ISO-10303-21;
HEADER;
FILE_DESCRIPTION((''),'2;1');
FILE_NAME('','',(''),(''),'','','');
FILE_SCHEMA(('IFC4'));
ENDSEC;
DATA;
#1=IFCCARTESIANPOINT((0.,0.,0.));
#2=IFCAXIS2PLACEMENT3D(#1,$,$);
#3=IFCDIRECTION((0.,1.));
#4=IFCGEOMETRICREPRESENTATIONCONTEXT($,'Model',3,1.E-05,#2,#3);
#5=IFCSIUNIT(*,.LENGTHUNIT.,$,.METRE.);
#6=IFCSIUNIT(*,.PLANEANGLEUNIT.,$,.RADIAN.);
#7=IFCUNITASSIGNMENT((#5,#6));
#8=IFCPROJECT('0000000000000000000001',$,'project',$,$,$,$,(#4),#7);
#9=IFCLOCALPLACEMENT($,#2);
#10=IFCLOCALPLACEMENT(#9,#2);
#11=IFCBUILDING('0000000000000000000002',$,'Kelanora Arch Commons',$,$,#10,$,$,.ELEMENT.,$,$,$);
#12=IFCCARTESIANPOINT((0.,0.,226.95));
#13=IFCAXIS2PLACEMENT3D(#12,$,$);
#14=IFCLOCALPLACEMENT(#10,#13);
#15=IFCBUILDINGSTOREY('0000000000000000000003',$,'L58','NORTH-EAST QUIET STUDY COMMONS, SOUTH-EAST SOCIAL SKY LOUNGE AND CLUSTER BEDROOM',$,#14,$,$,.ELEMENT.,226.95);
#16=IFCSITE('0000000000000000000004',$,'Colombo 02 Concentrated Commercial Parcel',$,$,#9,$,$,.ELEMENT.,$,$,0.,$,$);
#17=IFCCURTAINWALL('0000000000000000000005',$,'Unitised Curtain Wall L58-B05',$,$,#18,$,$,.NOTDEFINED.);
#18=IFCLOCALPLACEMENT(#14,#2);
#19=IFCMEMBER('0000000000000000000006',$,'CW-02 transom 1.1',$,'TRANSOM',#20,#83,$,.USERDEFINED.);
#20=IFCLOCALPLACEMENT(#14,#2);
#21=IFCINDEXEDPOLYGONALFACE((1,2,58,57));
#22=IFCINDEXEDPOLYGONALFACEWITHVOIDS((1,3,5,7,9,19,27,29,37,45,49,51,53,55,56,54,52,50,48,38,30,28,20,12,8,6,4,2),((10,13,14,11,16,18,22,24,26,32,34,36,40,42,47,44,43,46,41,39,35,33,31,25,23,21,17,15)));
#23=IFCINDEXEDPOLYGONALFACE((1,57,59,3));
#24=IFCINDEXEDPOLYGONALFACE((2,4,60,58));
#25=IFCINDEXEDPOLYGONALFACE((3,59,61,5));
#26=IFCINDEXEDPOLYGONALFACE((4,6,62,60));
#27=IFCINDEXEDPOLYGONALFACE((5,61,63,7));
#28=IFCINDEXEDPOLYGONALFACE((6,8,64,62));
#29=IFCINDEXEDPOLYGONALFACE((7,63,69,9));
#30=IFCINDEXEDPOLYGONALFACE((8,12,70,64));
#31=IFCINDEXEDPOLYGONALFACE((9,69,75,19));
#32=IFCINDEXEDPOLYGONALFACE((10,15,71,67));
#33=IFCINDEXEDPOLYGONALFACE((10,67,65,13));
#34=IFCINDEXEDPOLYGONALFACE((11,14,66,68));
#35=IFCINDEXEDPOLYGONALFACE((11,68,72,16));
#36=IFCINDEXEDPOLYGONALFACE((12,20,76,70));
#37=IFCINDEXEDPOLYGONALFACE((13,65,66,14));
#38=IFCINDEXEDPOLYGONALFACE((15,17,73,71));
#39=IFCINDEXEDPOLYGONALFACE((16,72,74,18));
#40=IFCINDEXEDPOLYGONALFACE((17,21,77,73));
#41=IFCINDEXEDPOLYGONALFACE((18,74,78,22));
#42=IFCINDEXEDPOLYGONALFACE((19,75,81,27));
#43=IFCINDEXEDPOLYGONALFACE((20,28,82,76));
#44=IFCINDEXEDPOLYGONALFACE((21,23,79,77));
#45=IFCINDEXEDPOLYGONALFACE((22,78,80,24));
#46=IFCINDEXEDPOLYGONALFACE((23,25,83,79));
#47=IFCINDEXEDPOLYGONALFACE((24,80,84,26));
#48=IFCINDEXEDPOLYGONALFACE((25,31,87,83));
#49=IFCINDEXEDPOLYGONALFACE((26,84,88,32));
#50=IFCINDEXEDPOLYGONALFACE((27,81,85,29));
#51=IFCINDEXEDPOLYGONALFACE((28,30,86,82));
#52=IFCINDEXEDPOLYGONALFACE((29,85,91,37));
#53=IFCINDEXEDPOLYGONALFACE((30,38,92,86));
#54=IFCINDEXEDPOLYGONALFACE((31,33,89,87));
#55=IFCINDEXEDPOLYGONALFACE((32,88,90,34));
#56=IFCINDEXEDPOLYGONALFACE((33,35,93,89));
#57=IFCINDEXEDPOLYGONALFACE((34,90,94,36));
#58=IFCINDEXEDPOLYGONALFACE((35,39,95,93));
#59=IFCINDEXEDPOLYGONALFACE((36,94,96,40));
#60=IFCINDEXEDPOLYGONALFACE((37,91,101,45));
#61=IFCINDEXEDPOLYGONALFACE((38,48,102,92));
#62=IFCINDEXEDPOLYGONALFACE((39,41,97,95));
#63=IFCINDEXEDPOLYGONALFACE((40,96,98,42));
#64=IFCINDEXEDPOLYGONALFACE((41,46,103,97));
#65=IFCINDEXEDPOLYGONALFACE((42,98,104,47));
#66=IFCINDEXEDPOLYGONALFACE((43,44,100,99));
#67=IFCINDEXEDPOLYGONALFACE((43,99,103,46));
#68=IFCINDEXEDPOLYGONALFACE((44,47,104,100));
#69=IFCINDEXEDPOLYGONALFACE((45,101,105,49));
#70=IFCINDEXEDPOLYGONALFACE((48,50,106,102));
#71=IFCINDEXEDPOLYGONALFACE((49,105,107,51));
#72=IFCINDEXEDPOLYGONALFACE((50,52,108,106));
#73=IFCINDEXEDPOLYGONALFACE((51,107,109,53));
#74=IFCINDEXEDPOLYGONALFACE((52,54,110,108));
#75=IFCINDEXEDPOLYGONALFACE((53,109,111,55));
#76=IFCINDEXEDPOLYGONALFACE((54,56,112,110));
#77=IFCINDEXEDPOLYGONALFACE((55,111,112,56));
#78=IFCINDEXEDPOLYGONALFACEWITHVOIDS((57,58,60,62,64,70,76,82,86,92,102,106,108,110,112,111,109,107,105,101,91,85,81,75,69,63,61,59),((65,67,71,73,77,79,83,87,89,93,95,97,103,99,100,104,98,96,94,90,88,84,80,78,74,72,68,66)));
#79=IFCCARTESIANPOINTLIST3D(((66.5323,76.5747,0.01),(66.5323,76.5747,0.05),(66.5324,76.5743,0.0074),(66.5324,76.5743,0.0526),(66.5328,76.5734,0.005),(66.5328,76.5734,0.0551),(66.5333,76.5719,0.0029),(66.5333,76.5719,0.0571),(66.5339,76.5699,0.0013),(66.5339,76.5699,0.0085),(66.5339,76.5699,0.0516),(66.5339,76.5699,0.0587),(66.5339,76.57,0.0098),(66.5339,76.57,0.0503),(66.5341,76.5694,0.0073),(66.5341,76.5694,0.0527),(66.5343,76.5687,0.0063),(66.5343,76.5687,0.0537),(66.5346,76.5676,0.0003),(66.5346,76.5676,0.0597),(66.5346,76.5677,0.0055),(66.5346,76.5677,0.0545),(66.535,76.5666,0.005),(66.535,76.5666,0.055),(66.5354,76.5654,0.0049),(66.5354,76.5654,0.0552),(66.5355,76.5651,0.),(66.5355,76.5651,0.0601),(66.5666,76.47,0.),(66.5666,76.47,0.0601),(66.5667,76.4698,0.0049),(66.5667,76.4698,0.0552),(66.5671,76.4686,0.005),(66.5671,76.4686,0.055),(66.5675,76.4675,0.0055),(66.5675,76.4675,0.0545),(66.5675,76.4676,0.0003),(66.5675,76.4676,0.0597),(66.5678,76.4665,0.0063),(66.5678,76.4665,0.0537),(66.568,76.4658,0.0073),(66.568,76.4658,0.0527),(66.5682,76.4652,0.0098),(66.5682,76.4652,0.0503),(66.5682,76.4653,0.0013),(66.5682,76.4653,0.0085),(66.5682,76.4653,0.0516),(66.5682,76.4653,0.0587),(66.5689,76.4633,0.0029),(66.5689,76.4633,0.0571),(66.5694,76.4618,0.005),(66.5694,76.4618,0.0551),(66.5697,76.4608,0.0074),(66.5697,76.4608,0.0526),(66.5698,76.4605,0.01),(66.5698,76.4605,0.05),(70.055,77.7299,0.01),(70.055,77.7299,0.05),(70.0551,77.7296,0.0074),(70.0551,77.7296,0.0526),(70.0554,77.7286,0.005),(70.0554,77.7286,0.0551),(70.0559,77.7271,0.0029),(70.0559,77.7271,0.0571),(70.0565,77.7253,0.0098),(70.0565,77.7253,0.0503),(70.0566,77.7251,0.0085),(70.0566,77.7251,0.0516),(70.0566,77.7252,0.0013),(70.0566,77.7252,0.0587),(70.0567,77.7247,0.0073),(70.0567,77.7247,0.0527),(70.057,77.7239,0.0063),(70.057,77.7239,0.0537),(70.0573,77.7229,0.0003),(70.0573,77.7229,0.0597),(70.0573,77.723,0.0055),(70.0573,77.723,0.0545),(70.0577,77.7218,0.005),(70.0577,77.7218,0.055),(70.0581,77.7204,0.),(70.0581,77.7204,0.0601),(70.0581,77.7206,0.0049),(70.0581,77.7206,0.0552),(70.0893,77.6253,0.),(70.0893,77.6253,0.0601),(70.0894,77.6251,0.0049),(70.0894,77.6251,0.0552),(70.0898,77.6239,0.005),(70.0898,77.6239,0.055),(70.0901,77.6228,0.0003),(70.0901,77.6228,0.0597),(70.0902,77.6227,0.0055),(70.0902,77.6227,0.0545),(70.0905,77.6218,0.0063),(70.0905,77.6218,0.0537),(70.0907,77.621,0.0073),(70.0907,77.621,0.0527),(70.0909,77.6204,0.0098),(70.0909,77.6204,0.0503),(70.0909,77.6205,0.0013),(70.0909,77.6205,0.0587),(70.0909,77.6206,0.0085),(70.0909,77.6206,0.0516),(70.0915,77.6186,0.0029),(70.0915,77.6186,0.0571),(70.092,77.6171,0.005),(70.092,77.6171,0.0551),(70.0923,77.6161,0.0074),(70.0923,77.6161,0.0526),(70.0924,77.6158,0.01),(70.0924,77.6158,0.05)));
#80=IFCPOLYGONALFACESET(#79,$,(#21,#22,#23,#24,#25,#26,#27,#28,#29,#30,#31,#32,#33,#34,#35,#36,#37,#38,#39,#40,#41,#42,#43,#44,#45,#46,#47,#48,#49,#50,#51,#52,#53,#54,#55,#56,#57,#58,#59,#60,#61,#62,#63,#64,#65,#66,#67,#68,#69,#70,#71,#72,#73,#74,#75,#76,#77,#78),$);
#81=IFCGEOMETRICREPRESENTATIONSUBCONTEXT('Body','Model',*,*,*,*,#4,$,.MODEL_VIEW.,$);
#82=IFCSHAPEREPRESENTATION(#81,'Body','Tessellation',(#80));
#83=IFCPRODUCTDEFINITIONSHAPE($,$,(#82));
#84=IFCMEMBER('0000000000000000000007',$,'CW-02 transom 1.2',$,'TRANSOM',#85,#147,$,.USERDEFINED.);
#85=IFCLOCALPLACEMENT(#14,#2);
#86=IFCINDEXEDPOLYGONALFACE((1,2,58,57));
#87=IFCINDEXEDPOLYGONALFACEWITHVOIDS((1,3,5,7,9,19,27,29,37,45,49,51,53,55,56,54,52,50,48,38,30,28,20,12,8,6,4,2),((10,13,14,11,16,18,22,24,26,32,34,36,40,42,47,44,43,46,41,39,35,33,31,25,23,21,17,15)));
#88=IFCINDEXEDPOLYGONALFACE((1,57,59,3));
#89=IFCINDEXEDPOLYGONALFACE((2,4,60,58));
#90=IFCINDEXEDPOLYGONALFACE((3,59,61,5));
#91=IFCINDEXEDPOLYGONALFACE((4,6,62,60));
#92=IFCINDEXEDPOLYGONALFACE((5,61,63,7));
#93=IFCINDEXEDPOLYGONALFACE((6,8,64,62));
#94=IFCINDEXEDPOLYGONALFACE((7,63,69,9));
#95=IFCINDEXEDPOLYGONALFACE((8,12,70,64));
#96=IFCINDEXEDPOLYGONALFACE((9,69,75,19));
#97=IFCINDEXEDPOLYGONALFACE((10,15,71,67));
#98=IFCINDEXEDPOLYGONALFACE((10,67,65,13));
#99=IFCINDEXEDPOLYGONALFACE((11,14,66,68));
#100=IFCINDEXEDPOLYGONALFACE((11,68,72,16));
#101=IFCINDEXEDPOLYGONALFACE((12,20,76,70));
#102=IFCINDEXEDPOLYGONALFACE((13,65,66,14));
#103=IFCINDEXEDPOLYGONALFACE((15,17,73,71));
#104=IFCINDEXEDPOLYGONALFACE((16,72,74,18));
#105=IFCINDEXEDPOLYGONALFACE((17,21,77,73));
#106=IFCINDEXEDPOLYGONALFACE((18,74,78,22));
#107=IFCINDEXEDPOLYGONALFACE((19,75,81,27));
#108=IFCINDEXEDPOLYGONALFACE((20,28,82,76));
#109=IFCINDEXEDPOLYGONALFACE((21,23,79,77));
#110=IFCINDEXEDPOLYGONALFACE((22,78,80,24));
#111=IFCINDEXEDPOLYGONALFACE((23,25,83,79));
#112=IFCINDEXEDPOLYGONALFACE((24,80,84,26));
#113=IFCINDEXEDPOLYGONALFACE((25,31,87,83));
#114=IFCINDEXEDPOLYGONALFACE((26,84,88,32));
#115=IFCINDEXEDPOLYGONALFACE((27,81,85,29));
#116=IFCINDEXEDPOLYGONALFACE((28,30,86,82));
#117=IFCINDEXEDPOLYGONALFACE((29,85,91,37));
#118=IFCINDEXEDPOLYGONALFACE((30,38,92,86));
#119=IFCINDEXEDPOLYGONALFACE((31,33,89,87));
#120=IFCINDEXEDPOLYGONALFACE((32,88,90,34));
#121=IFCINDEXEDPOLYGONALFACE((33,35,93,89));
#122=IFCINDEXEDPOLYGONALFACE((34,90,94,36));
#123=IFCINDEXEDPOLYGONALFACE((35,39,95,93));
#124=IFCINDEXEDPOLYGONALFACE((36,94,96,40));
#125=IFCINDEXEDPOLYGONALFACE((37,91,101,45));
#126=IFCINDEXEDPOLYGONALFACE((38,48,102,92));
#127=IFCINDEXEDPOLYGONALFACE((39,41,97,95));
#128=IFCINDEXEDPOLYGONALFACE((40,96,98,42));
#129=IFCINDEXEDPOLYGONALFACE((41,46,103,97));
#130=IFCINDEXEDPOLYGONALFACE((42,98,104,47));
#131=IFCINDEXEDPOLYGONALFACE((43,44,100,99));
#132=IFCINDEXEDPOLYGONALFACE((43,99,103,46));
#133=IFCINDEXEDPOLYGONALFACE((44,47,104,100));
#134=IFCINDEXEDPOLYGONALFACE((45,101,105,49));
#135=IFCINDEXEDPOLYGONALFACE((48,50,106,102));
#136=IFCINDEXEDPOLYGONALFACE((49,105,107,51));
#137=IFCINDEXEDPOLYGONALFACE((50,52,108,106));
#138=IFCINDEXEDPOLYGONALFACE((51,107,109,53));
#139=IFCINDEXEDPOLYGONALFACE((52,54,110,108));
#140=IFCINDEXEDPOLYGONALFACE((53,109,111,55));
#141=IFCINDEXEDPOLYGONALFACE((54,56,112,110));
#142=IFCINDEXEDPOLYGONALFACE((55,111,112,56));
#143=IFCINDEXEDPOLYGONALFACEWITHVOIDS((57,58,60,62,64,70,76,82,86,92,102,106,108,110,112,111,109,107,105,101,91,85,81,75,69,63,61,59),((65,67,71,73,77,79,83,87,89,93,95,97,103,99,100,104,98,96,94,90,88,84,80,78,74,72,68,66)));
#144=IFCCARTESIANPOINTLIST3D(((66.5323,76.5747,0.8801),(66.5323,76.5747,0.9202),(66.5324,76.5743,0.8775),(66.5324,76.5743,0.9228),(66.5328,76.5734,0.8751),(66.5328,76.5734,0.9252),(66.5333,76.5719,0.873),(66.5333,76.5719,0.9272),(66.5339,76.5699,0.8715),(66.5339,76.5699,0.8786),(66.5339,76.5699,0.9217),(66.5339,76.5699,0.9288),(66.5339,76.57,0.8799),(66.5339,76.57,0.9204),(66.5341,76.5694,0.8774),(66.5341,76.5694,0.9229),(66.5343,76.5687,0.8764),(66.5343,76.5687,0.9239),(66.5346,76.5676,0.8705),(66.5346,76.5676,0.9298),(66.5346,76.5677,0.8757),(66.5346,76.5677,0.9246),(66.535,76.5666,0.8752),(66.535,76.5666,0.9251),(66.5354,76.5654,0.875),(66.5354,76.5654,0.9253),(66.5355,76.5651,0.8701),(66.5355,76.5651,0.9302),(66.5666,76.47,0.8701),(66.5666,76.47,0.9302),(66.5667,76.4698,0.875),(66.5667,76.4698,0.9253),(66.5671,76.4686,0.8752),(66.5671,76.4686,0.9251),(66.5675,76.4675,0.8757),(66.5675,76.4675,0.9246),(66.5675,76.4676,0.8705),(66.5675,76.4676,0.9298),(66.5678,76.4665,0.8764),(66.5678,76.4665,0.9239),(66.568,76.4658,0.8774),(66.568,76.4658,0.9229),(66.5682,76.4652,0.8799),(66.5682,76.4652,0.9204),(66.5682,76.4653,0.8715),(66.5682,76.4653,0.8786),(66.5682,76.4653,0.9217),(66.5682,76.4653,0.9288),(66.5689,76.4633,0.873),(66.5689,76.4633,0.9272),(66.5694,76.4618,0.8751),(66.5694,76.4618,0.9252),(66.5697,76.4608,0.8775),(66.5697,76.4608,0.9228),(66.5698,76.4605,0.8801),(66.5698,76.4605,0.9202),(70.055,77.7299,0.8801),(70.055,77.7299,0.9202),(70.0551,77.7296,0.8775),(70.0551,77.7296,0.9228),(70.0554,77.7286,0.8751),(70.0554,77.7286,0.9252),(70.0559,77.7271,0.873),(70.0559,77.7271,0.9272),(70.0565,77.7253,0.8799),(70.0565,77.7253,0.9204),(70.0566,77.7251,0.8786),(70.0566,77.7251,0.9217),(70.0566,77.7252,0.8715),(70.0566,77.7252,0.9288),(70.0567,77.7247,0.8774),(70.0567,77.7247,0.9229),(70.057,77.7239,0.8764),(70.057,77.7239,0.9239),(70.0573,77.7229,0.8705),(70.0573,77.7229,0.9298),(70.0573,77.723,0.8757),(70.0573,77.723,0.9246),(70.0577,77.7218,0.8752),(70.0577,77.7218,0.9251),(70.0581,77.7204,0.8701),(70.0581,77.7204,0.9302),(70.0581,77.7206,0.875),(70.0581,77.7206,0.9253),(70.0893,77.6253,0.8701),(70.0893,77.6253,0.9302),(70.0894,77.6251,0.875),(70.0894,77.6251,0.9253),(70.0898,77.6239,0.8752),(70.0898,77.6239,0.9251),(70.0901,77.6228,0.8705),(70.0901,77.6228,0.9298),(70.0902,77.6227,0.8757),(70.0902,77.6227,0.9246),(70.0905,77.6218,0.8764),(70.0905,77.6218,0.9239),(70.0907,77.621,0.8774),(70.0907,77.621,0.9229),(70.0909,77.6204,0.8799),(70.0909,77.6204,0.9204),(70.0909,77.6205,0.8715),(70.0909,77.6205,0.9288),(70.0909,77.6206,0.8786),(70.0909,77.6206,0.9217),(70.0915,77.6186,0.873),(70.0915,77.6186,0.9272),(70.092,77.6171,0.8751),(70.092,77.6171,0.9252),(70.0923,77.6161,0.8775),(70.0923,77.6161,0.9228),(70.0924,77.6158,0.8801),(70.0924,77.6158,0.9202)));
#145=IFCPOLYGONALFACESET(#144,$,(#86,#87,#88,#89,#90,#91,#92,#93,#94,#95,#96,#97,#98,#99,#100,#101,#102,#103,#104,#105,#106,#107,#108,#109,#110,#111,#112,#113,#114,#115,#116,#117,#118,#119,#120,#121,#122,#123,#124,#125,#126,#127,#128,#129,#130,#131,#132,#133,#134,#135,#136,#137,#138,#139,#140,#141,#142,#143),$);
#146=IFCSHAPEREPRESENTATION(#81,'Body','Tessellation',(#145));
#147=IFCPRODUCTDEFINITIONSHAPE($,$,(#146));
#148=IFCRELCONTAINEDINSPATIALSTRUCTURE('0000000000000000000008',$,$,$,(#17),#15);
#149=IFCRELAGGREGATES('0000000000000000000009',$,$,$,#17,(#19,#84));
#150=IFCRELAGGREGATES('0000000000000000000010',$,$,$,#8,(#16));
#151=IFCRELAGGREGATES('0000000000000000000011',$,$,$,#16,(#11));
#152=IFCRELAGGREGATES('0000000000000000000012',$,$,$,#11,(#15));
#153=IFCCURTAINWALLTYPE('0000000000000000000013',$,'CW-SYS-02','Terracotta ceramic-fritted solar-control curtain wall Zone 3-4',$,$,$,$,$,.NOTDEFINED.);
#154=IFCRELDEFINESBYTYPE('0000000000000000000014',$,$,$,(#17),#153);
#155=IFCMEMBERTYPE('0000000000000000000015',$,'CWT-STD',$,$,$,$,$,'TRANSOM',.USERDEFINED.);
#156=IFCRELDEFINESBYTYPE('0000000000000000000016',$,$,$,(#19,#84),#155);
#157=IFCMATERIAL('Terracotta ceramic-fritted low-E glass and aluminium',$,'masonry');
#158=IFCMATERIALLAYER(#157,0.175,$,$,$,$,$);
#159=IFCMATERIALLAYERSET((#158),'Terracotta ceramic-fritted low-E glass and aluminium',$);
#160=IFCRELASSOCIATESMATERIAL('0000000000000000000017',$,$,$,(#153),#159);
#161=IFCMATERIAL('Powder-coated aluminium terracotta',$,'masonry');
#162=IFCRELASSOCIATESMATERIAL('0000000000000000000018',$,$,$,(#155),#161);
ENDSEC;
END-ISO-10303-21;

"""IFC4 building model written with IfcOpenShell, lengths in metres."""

from ifc_helpers import new_model, si_unit, direction, frame, origin, origin_2d, place, context, subcontext, project, spatial, hollow_rectangle, extrude, material, layer, layer_set, material_profile, profile_set, type_object, element, aggregate, save


model = new_model("IFC4")

# Units and contexts
model_context = context("Model", 3, precision=1e-05, world=origin(), true_north=direction((0.0, 1.0)))
body_context = subcontext(model_context, "Body", "Model", "MODEL_VIEW")
ifc_project = project(units=[si_unit("LENGTHUNIT", "METRE"), si_unit("PLANEANGLEUNIT", "RADIAN")], contexts=[model_context])

# Site, building, storey
site_placement = place(None, origin())
site = spatial("IfcSite", under=ifc_project, at=site_placement, Name="Colombo 02 Concentrated Commercial Parcel", CompositionType="ELEMENT", RefElevation=0.0)
building_placement = place(site_placement, origin())
building = spatial("IfcBuilding", under=site, at=building_placement, Name="Kelanora Arch Commons", CompositionType="ELEMENT")
storey_placement = place(building_placement, frame((0.0, 0.0, 226.95)))
storey = spatial("IfcBuildingStorey", under=building, at=storey_placement, Name="L58", Description="NORTH-EAST QUIET STUDY COMMONS, SOUTH-EAST SOCIAL SKY LOUNGE AND CLUSTER BEDROOM", CompositionType="ELEMENT", Elevation=226.95)

# Curtain wall, members
ifc_material_1 = material(Name="Terracotta ceramic-fritted low-E glass and aluminium", Category="masonry")
ifc_layer_1 = layer(ifc_material_1, 0.175)
ifc_layer_set_1 = layer_set([ifc_layer_1], Name="Terracotta ceramic-fritted low-E glass and aluminium")
curtain_wall_type = type_object("IfcCurtainWallType", Name="CW-SYS-02", Description="Terracotta ceramic-fritted solar-control curtain wall Zone 3-4", PredefinedType="NOTDEFINED", material=ifc_layer_set_1)
curtain_wall_placement = place(storey_placement, origin())
curtain_wall = element("IfcCurtainWall", 1, at=curtain_wall_placement, inside=storey, type_object=curtain_wall_type, Name="Unitised Curtain Wall L58-B05", PredefinedType="NOTDEFINED")
ifc_material_2 = material(Name="Powder-coated aluminium terracotta", Category="masonry")
ifc_material_profile_1 = material_profile(ifc_material_2, hollow_rectangle(XDim=0.1201, YDim=0.0601, WallThickness=0.0049, InnerFilletRadius=0.0049, OuterFilletRadius=0.01, at=origin_2d()), Name="CWT120x60")
ifc_profile_set_1 = profile_set([ifc_material_profile_1], Name="Powder-coated aluminium terracotta")
member_type_1 = type_object("IfcMemberType", Name="CWT-STD", ElementType="TRANSOM", PredefinedType="USERDEFINED", material=ifc_profile_set_1)
member_1_placement = place(storey_placement, frame((70.0737, 77.6729, 0.03), z_axis=(-0.950207, -0.311621, 0.0), x_axis=(0.311621, -0.950207, 0.0)))
member_1 = element("IfcMember", 2, at=member_1_placement, type_object=member_type_1, Name="CW-02 transom 1.1", ObjectType="TRANSOM", PredefinedType="USERDEFINED", context=body_context, shape_type="SweptSolid", body=[
    extrude(hollow_rectangle(XDim=0.1201, YDim=0.0601, WallThickness=0.0049, InnerFilletRadius=0.0049, OuterFilletRadius=0.01, at=origin_2d()), origin(), (0.0, 0.0, 1.0), 3.7073),
])
member_2_placement = place(storey_placement, frame((70.0737, 77.6729, 0.9001), z_axis=(-0.950207, -0.311621, 0.0), x_axis=(0.311621, -0.950207, 0.0)))
member_2 = element("IfcMember", 3, at=member_2_placement, type_object=member_type_1, Name="CW-02 transom 1.2", ObjectType="TRANSOM", PredefinedType="USERDEFINED", context=body_context, shape_type="SweptSolid", body=[
    extrude(hollow_rectangle(XDim=0.1201, YDim=0.0601, WallThickness=0.0049, InnerFilletRadius=0.0049, OuterFilletRadius=0.01, at=origin_2d()), origin(), (0.0, 0.0, 1.0), 3.7073),
])
aggregate(curtain_wall, [member_1, member_2])

save(model, "model.ifc")
